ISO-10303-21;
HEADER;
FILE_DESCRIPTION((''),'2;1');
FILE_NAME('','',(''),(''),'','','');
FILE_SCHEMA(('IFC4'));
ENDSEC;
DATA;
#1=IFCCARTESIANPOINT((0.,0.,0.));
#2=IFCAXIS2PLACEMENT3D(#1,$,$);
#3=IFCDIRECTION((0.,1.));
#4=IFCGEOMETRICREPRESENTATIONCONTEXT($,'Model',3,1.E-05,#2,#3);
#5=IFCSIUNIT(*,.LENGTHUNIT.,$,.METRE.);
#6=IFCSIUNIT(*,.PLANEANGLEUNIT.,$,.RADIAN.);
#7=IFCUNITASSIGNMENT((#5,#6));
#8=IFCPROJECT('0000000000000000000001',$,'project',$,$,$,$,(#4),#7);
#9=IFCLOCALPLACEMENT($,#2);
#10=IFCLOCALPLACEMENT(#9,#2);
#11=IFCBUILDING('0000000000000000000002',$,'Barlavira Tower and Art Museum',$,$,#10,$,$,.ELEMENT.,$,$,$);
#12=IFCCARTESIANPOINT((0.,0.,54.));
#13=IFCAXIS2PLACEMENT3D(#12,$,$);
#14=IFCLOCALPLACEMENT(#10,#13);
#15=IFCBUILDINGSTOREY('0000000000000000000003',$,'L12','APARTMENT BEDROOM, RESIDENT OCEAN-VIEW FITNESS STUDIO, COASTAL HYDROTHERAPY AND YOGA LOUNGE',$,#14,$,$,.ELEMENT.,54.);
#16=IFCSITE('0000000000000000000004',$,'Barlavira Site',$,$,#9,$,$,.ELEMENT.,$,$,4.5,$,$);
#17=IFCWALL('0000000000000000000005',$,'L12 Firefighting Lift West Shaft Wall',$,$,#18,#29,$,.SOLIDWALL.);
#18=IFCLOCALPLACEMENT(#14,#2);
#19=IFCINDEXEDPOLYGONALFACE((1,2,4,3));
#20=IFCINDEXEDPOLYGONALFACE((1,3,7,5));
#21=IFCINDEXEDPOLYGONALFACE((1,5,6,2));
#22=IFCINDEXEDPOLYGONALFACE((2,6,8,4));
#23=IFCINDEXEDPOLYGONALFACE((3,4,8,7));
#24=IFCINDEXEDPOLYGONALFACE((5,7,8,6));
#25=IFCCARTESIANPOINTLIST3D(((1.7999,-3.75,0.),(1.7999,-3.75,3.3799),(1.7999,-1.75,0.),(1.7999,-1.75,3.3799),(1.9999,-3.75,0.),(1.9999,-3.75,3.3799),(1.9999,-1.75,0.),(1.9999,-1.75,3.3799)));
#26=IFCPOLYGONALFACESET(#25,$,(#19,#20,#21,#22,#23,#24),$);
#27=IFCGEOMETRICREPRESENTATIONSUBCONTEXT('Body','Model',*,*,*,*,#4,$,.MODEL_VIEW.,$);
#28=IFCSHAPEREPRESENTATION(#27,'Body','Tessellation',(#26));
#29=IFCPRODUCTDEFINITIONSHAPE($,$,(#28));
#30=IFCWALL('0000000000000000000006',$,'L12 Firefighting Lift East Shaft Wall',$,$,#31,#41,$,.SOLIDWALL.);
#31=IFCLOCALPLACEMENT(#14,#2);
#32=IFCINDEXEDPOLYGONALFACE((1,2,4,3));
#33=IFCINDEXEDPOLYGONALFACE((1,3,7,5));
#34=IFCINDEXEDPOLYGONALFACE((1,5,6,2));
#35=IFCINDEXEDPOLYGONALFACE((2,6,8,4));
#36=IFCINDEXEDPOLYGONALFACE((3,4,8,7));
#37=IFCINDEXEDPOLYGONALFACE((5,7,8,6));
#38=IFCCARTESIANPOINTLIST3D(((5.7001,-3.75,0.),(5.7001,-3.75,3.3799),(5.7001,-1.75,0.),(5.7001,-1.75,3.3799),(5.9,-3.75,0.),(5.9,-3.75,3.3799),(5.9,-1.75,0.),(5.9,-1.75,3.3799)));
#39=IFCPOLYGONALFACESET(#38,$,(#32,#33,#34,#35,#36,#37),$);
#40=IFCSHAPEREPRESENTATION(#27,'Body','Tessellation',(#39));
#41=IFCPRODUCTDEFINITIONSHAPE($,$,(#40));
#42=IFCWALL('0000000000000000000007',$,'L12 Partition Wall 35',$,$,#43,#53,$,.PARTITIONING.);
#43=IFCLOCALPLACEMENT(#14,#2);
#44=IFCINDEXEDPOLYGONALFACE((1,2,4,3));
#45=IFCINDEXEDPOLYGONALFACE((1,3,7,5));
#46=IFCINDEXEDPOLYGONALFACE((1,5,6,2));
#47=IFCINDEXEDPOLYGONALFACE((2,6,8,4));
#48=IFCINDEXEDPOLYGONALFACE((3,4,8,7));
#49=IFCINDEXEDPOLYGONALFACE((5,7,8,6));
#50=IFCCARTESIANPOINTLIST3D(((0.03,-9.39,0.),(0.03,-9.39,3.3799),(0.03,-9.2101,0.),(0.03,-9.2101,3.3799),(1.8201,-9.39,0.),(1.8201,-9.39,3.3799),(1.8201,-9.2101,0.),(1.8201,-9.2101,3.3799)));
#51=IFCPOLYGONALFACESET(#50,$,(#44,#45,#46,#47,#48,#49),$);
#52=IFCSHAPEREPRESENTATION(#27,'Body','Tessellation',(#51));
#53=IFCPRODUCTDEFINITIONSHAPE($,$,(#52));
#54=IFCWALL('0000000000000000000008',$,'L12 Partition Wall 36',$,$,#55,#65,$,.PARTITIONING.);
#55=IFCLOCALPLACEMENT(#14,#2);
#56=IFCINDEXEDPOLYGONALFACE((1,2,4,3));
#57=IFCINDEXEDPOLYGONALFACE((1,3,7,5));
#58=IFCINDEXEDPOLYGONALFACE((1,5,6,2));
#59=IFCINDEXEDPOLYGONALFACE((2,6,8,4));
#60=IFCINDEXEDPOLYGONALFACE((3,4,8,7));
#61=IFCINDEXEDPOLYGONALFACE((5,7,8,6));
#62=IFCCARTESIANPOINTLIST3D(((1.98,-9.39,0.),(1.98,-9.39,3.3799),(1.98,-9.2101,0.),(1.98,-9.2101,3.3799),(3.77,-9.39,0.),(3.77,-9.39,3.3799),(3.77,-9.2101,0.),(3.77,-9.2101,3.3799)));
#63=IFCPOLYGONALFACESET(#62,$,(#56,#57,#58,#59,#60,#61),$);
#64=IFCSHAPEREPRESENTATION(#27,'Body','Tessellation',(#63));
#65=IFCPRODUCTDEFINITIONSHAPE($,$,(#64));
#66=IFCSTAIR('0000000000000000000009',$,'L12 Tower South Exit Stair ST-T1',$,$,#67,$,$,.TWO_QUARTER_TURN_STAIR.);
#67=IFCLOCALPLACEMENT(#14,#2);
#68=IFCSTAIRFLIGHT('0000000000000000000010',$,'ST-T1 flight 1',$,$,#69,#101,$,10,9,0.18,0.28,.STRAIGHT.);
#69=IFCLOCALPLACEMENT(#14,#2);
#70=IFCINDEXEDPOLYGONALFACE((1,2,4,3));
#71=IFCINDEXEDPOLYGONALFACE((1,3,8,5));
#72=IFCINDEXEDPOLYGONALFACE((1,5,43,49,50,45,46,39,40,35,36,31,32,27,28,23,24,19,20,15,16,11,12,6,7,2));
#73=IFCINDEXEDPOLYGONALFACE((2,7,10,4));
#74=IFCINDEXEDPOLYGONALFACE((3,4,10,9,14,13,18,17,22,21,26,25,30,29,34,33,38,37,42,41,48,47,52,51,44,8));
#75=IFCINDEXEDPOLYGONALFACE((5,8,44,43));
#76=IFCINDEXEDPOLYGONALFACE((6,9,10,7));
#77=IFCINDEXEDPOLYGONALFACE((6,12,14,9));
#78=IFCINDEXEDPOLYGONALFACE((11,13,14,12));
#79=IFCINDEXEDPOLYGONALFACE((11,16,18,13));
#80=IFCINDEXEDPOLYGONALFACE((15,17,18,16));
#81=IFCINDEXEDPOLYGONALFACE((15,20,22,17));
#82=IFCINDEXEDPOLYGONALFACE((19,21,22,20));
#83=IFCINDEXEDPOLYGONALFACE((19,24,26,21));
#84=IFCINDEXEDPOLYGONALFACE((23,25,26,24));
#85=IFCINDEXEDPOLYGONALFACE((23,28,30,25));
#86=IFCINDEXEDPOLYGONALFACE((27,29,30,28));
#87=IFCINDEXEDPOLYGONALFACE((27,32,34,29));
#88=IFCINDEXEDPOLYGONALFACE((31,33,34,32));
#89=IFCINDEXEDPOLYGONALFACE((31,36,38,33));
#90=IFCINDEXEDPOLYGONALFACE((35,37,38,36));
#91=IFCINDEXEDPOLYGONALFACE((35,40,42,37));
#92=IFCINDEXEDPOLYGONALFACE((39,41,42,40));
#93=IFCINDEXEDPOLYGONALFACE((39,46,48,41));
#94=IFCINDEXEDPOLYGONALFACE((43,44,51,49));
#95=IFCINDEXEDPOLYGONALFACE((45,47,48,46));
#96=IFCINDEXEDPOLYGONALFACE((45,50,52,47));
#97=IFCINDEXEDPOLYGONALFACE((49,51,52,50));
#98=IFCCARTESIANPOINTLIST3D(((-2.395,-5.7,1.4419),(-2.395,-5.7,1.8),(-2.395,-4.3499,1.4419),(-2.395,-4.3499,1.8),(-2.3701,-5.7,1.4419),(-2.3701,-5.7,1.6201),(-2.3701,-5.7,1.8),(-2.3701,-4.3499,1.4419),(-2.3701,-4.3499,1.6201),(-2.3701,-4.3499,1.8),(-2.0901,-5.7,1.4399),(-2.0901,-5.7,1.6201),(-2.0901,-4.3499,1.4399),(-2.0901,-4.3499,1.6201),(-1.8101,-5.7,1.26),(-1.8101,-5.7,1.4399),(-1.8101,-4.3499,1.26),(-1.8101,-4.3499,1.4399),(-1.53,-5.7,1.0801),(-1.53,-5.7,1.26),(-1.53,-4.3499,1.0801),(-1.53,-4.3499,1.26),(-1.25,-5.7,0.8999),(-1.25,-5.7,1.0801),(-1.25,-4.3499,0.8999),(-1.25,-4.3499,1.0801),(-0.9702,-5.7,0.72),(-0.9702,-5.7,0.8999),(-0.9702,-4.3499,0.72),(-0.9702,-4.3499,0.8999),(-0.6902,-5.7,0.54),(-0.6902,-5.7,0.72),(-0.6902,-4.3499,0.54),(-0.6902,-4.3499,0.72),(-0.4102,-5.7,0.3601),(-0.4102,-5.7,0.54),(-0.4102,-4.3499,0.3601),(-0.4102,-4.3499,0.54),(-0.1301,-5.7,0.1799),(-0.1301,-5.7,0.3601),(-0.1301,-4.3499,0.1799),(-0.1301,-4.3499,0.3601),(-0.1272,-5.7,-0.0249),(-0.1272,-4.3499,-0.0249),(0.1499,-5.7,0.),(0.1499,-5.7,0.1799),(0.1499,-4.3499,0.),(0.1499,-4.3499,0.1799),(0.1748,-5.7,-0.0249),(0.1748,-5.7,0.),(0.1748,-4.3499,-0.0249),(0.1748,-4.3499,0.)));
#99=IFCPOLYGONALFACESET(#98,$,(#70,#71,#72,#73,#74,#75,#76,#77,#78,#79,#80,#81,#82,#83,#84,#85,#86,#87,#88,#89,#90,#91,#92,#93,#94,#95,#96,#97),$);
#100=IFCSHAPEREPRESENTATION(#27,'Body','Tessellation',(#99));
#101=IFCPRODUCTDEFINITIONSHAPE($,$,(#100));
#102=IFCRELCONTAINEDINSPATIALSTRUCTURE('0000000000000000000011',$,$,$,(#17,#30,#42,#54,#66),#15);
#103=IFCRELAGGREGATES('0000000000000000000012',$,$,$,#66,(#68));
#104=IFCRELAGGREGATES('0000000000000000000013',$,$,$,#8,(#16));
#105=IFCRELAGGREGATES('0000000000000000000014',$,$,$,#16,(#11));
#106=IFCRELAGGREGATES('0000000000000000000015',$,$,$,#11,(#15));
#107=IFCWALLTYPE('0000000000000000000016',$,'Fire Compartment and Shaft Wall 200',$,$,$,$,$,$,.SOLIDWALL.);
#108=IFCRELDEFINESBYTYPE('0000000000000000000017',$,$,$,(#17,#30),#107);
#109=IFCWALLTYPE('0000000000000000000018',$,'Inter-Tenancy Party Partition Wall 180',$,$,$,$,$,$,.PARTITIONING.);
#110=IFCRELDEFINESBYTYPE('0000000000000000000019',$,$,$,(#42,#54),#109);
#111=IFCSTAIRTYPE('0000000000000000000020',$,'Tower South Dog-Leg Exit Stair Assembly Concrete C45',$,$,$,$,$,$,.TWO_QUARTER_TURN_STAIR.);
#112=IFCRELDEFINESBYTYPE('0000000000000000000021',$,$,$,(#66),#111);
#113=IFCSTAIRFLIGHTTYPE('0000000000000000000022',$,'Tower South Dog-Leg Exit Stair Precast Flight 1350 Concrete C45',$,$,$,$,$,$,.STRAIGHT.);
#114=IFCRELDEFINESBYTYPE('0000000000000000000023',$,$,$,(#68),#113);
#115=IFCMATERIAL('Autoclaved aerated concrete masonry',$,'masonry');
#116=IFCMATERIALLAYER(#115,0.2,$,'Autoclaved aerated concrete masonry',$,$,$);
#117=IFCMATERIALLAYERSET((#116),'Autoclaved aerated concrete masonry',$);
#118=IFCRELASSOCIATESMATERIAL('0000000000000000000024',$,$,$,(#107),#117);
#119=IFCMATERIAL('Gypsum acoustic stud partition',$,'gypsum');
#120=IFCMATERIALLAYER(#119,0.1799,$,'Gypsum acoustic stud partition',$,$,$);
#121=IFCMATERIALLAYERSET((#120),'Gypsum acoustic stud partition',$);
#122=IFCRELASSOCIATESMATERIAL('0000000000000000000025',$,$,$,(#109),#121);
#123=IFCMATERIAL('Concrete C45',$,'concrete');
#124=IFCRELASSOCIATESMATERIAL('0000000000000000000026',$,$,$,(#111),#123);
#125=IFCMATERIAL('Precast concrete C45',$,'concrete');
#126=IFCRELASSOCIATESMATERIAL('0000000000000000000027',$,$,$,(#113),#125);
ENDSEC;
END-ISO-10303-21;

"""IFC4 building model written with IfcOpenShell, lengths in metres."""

from ifc_helpers import new_model, si_unit, direction, frame, frame_2d, origin, place, context, subcontext, project, spatial, polyline, rectangle, outline, extrude, material, layer, layer_set, type_object, element, aggregate, save


model = new_model("IFC4")

# Units and contexts
model_context = context("Model", 3, precision=1e-05, world=origin(), true_north=direction((0.0, 1.0)))
body_context = subcontext(model_context, "Body", "Model", "MODEL_VIEW")
ifc_project = project(units=[si_unit("LENGTHUNIT", "METRE"), si_unit("PLANEANGLEUNIT", "RADIAN")], contexts=[model_context])

# Site, building, storey
site_placement = place(None, origin())
site = spatial("IfcSite", under=ifc_project, at=site_placement, Name="Barlavira Site", CompositionType="ELEMENT", RefElevation=4.5)
building_placement = place(site_placement, origin())
building = spatial("IfcBuilding", under=site, at=building_placement, Name="Barlavira Tower and Art Museum", CompositionType="ELEMENT")
storey_placement = place(building_placement, frame((0.0, 0.0, 54.0)))
storey = spatial("IfcBuildingStorey", under=building, at=storey_placement, Name="L12", Description="APARTMENT BEDROOM, RESIDENT OCEAN-VIEW FITNESS STUDIO, COASTAL HYDROTHERAPY AND YOGA LOUNGE", CompositionType="ELEMENT", Elevation=54.0)

# Shared definitions
ifc_material_1 = material(Name="Autoclaved aerated concrete masonry", Category="masonry")
ifc_layer_1 = layer(ifc_material_1, 0.2, Name="Autoclaved aerated concrete masonry")
ifc_layer_set_1 = layer_set([ifc_layer_1], Name="Autoclaved aerated concrete masonry")
wall_type_1 = type_object("IfcWallType", Name="Fire Compartment and Shaft Wall 200", PredefinedType="SOLIDWALL", material=ifc_layer_set_1)

# Walls
for number, where, z_axis, x_axis, name in (
    (1, (1.8999, -3.75, 0.0), (0.0, 0.0, 1.0), (0.0, 1.0, 0.0), "L12 Firefighting Lift West Shaft Wall"),
    (2, (5.8, -3.75, 0.0), (0.0, 0.0, 1.0), (0.0, 1.0, 0.0), "L12 Firefighting Lift East Shaft Wall"),
):
    element("IfcWall", number, at=place(storey_placement, frame(where, z_axis=z_axis, x_axis=x_axis)), inside=storey, type_object=wall_type_1, Name=name, PredefinedType="SOLIDWALL", context=body_context, shape_type="SweptSolid", body=[
        extrude(rectangle(XDim=2.0, YDim=0.2, at=frame_2d((1.0, 0.0))), origin(), (0.0, 0.0, 1.0), 3.3799),
    ])
ifc_material_2 = material(Name="Gypsum acoustic stud partition", Category="gypsum")
ifc_layer_2 = layer(ifc_material_2, 0.1799, Name="Gypsum acoustic stud partition")
ifc_layer_set_2 = layer_set([ifc_layer_2], Name="Gypsum acoustic stud partition")
wall_type_2 = type_object("IfcWallType", Name="Inter-Tenancy Party Partition Wall 180", PredefinedType="PARTITIONING", material=ifc_layer_set_2)
for number, where, z_axis, x_axis, name in (
    (3, (0.03, -9.3, 0.0), (0.0, 0.0, 1.0), (1.0, 0.0, 0.0), "L12 Partition Wall 35"),
    (4, (1.98, -9.3, 0.0), (0.0, 0.0, 1.0), (1.0, 0.0, 0.0), "L12 Partition Wall 36"),
):
    element("IfcWall", number, at=place(storey_placement, frame(where, z_axis=z_axis, x_axis=x_axis)), inside=storey, type_object=wall_type_2, Name=name, PredefinedType="PARTITIONING", context=body_context, shape_type="SweptSolid", body=[
        extrude(rectangle(XDim=1.79, YDim=0.1799, at=frame_2d((0.895, 0.0))), origin(), (0.0, 0.0, 1.0), 3.3799),
    ])

# Stair, stair flight
ifc_material_3 = material(Name="Concrete C45", Category="concrete")
stair_type = type_object("IfcStairType", Name="Tower South Dog-Leg Exit Stair Assembly Concrete C45", PredefinedType="TWO_QUARTER_TURN_STAIR", material=ifc_material_3)
stair_placement = place(storey_placement, origin())
stair = element("IfcStair", 5, at=stair_placement, inside=storey, type_object=stair_type, Name="L12 Tower South Exit Stair ST-T1", PredefinedType="TWO_QUARTER_TURN_STAIR")
ifc_material_4 = material(Name="Precast concrete C45", Category="concrete")
stair_flight_type = type_object("IfcStairFlightType", Name="Tower South Dog-Leg Exit Stair Precast Flight 1350 Concrete C45", PredefinedType="STRAIGHT", material=ifc_material_4)
stair_flight_placement = place(storey_placement, frame((0.1499, -5.0249, 0.0), z_axis=(0.0, 0.0, 1.0), x_axis=(-1.0, 0.0, 0.0)))
stair_flight = element("IfcStairFlight", 6, at=stair_flight_placement, type_object=stair_flight_type, Name="ST-T1 flight 1", NumberOfRisers=10, NumberOfTreads=9, PredefinedType="STRAIGHT", RiserHeight=0.18, TreadLength=0.28, context=body_context, shape_type="SweptSolid", body=[
    extrude(outline(polyline([(-0.0249, 0.0), (0.0, 0.0), (0.0, 0.1799), (0.28, 0.1799), (0.28, 0.3601), (0.5601, 0.3601), (0.5601, 0.54), (0.8401, 0.54), (0.8401, 0.72), (1.1201, 0.72), (1.1201, 0.8999), (1.3999, 0.8999), (1.3999, 1.0801), (1.6799, 1.0801), (1.6799, 1.26), (1.96, 1.26), (1.96, 1.4399), (2.24, 1.4399), (2.24, 1.6201), (2.52, 1.6201), (2.52, 1.8), (2.5449, 1.8), (2.5449, 1.4419), (2.52, 1.4419), (0.2771, -0.0249), (-0.0249, -0.0249), (-0.0249, 0.0)])), frame((0.0, 0.675, 0.0), z_axis=(0.0, -1.0, 0.0), x_axis=(1.0, 0.0, 0.0)), (0.0, 0.0, 1.0), 1.3501),
])
aggregate(stair, [stair_flight])

save(model, "model.ifc")
